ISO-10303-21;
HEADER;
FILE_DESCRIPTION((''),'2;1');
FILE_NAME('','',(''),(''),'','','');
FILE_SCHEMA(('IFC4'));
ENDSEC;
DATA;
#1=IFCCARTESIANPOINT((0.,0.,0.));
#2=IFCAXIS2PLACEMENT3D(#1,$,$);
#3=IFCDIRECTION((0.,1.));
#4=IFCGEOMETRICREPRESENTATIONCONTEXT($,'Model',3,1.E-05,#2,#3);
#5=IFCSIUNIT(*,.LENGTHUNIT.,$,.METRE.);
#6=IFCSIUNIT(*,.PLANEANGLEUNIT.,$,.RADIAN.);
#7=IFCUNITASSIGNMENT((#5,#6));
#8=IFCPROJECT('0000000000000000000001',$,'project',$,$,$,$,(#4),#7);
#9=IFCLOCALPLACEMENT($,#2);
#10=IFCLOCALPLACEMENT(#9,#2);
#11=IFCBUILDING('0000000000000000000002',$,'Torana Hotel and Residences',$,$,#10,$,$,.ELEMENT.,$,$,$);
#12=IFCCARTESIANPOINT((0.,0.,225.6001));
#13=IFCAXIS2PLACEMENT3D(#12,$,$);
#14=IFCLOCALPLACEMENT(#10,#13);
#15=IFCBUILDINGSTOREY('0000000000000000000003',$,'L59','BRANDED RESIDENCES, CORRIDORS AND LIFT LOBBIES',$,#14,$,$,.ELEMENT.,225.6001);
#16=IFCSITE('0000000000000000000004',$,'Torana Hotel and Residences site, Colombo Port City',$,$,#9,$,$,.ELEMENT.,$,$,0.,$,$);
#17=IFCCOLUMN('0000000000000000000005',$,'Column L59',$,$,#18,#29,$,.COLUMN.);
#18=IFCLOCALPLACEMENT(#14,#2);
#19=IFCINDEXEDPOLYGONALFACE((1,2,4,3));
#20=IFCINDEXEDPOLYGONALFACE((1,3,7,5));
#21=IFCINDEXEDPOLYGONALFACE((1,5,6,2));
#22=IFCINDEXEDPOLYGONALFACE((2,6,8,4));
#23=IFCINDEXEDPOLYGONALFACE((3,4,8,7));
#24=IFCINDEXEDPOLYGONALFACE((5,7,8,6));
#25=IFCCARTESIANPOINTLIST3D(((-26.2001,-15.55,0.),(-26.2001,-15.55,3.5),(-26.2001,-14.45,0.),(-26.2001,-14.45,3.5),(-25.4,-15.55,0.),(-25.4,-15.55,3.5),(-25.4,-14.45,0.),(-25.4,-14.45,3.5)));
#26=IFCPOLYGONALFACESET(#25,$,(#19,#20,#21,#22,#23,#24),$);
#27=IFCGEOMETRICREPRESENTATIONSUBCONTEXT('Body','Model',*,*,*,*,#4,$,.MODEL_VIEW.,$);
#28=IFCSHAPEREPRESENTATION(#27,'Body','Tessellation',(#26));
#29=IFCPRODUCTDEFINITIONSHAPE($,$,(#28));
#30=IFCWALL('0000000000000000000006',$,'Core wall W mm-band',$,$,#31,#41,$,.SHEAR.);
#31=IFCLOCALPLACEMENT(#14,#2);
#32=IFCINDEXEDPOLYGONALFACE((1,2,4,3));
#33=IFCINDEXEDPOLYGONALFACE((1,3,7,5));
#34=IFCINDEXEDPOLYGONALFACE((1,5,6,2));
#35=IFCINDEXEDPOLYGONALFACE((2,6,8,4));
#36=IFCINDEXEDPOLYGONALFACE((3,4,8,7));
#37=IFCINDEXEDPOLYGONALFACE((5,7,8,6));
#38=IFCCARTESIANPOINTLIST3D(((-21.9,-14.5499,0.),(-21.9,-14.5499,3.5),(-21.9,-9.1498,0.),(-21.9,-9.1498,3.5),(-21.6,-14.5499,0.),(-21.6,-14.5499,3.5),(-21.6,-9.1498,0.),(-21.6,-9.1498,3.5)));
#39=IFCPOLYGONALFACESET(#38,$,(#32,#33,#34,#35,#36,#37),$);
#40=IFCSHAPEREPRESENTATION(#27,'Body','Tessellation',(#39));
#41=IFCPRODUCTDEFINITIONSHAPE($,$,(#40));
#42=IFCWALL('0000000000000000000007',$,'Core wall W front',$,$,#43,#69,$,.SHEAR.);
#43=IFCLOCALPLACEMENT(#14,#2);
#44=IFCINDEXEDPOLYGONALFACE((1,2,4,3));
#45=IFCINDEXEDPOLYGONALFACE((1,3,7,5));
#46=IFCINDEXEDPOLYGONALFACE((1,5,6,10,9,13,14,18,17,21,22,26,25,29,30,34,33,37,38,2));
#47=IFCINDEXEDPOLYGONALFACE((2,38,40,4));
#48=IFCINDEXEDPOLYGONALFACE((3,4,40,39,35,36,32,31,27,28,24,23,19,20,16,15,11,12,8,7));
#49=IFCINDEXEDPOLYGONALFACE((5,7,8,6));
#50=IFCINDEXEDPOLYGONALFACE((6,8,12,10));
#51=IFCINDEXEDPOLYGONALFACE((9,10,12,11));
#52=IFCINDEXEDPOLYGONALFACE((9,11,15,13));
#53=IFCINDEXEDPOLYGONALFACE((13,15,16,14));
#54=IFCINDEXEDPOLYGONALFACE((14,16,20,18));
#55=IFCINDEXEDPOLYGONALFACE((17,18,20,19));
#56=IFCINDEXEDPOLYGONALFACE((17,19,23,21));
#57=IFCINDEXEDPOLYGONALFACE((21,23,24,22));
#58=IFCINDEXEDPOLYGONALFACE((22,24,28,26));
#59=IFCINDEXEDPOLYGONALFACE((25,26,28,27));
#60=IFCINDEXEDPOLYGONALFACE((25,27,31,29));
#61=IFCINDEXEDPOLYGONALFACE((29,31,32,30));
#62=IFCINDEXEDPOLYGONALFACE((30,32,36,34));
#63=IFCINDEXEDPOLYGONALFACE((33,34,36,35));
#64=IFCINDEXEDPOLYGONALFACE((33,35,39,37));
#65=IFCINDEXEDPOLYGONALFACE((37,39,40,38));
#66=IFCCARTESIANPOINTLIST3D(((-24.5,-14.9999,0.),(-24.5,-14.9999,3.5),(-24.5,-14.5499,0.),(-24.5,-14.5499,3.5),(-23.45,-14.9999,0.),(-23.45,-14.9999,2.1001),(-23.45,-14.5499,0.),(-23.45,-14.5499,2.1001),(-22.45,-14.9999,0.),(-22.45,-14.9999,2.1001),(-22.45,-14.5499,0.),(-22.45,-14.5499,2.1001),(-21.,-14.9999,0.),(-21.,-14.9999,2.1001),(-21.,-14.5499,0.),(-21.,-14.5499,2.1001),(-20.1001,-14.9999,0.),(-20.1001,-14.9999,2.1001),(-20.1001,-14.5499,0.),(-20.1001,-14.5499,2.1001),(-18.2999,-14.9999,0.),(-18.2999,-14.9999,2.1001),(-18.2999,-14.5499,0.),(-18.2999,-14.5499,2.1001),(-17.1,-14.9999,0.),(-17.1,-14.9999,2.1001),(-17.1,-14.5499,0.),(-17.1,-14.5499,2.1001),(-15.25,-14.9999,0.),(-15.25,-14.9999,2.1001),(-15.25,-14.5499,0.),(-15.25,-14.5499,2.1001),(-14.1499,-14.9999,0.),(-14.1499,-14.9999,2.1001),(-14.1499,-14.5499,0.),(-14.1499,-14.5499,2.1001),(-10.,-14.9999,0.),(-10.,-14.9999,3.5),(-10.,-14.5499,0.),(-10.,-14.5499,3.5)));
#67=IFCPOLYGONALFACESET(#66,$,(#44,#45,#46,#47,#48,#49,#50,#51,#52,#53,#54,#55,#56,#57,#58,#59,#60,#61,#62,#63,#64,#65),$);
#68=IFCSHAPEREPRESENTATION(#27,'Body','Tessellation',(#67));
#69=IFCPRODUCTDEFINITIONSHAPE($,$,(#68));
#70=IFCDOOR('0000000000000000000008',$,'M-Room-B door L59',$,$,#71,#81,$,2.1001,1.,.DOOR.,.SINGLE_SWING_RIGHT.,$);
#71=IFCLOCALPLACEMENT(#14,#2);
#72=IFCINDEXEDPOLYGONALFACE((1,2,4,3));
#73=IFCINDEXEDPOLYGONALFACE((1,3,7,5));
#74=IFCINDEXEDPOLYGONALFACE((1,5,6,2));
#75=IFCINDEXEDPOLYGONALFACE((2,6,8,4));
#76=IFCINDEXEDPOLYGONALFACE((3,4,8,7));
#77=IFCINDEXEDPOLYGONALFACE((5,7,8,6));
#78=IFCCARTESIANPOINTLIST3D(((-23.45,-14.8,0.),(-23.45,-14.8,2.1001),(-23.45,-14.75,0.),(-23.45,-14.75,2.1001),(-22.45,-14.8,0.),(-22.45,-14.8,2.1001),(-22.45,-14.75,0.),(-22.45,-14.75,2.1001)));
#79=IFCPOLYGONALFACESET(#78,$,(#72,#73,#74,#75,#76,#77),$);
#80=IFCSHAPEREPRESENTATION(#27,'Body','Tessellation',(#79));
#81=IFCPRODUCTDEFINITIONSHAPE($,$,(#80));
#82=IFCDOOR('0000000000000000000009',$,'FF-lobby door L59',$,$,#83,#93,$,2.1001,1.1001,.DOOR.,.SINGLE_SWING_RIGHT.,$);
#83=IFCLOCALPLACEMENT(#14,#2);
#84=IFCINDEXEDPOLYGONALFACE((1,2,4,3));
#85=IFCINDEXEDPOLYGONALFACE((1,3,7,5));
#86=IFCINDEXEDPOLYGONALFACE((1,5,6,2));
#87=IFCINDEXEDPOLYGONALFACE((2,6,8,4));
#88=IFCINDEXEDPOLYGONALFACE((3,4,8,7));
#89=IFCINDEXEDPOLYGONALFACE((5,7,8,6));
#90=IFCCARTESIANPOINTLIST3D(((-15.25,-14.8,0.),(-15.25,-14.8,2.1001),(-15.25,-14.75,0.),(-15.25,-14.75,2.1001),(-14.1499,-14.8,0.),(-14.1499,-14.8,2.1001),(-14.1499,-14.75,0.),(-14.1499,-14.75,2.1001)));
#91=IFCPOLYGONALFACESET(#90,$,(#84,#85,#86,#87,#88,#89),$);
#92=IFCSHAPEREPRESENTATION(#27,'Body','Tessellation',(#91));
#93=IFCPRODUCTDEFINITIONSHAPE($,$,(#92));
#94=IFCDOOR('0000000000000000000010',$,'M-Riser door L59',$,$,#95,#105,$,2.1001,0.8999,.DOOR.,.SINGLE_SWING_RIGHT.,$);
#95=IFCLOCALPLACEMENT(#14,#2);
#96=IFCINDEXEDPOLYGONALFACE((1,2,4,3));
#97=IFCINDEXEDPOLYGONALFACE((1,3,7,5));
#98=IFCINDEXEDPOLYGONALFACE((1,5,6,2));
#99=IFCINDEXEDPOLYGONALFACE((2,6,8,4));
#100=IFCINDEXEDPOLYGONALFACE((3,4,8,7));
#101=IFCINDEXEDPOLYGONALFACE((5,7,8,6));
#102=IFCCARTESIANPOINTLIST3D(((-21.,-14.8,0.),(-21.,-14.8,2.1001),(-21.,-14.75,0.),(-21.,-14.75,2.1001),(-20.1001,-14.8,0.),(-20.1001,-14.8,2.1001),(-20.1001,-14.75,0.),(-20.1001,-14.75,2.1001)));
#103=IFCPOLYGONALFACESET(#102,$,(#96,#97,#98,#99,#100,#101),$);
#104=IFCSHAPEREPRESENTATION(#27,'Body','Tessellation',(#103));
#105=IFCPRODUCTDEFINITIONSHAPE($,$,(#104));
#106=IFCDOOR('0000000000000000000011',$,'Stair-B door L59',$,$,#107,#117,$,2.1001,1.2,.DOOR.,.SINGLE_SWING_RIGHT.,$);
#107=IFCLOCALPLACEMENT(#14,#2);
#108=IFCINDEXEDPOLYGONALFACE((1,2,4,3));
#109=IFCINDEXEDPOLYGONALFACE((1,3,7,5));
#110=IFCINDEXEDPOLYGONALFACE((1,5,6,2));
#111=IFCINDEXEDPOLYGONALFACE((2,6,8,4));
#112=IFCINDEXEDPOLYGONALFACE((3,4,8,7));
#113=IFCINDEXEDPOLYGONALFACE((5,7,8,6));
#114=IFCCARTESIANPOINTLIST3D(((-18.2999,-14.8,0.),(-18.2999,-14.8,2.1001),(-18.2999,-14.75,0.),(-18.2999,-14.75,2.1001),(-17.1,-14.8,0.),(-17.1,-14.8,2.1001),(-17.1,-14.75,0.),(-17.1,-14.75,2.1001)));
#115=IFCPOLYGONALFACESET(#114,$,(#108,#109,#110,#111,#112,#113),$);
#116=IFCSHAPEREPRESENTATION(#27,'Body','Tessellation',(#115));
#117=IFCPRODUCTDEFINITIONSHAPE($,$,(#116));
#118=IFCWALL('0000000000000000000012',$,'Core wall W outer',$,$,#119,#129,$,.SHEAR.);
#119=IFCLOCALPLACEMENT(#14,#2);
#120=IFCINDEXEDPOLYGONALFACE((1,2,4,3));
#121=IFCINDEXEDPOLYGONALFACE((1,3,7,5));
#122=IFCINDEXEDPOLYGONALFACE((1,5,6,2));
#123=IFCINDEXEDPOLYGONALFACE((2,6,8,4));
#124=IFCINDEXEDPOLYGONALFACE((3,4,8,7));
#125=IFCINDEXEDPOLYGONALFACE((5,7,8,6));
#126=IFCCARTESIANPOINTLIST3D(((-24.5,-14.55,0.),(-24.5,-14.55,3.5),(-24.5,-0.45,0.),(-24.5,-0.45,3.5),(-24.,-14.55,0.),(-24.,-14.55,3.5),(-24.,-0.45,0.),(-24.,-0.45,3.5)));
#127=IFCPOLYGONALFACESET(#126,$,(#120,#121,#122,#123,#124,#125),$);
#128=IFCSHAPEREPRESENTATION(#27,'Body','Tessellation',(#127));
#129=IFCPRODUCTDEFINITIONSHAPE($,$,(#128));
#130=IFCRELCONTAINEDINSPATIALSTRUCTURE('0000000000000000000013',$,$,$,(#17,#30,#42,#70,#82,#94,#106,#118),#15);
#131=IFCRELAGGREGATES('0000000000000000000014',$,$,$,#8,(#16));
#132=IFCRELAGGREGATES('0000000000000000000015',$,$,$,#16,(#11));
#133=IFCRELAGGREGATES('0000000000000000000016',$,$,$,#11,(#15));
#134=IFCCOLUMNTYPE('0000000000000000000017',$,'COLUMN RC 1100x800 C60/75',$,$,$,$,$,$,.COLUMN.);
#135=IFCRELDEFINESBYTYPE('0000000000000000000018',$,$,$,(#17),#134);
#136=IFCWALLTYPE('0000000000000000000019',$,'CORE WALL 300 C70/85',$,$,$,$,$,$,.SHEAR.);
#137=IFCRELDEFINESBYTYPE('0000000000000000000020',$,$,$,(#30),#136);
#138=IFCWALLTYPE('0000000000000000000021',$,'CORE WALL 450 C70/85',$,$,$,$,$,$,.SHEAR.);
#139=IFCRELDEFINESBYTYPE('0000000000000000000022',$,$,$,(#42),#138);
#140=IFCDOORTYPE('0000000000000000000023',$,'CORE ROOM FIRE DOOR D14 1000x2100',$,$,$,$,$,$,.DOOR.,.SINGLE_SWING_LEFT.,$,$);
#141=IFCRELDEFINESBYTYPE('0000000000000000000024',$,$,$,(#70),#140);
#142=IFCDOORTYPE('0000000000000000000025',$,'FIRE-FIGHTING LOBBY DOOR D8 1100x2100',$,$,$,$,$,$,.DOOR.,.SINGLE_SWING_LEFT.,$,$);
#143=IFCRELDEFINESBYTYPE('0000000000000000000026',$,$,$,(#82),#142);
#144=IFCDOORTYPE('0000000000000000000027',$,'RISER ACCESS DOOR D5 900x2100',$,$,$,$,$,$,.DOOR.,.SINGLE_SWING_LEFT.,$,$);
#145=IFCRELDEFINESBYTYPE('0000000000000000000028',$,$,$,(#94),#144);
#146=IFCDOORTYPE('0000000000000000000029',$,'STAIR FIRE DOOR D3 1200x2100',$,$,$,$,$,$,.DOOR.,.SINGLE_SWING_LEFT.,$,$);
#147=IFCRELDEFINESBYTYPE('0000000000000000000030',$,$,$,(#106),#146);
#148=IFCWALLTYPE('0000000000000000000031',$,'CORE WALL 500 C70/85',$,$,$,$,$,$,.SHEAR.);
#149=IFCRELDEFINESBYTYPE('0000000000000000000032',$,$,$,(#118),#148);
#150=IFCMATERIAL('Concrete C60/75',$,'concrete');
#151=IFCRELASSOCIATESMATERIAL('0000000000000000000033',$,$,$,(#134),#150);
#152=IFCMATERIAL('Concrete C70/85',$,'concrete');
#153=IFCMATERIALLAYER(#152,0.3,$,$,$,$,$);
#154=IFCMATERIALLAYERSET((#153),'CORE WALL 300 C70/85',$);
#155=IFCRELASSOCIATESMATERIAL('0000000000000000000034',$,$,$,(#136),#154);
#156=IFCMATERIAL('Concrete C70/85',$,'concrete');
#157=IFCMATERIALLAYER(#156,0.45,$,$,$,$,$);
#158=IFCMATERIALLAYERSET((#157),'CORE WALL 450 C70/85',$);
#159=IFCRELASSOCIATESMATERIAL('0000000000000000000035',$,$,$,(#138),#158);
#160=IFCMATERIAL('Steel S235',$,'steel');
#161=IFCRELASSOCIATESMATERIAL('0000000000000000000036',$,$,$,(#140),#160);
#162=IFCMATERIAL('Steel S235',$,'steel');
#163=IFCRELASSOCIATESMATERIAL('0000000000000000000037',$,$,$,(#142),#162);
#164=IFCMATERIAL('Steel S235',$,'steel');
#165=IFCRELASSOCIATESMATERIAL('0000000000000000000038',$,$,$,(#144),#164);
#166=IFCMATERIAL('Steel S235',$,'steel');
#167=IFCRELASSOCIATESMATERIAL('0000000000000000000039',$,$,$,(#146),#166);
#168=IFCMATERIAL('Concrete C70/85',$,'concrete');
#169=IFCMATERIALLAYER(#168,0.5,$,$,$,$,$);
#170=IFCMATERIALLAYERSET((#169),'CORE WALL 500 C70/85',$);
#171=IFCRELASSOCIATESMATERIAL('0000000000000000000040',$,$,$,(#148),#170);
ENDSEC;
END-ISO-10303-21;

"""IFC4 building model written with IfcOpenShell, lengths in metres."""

from ifc_helpers import new_model, si_unit, direction, frame, frame_2d, origin, origin_2d, place, context, subcontext, project, spatial, rectangle, extrude, material, layer, layer_set, material_profile, profile_set, type_object, element, fill, save


model = new_model("IFC4")

# Units and contexts
model_context = context("Model", 3, precision=1e-05, world=origin(), true_north=direction((0.0, 1.0)))
body_context = subcontext(model_context, "Body", "Model", "MODEL_VIEW")
ifc_project = project(units=[si_unit("LENGTHUNIT", "METRE"), si_unit("PLANEANGLEUNIT", "RADIAN")], contexts=[model_context])

# Site, building, storey
site_placement = place(None, origin())
site = spatial("IfcSite", under=ifc_project, at=site_placement, Name="Torana Hotel and Residences site, Colombo Port City", CompositionType="ELEMENT", RefElevation=0.0)
building_placement = place(site_placement, origin())
building = spatial("IfcBuilding", under=site, at=building_placement, Name="Torana Hotel and Residences", CompositionType="ELEMENT")
storey_placement = place(building_placement, frame((0.0, 0.0, 225.6001)))
storey = spatial("IfcBuildingStorey", under=building, at=storey_placement, Name="L59", Description="BRANDED RESIDENCES, CORRIDORS AND LIFT LOBBIES", CompositionType="ELEMENT", Elevation=225.6001)

# Column
ifc_material_1 = material(Name="Concrete C60/75", Category="concrete")
ifc_material_profile = material_profile(ifc_material_1, rectangle(XDim=1.1001, YDim=0.8, at=origin_2d()), Name="RC 1100x800")
ifc_profile_set = profile_set([ifc_material_profile], Name="Concrete C60/75")
column_type = type_object("IfcColumnType", Name="COLUMN RC 1100x800 C60/75", PredefinedType="COLUMN", material=ifc_profile_set)
column_placement = place(storey_placement, frame((-25.8, -15.0, 0.0), z_axis=(0.0, 0.0, 1.0), x_axis=(0.0, 1.0, 0.0)))
element("IfcColumn", 1, at=column_placement, inside=storey, type_object=column_type, Name="Column L59", PredefinedType="COLUMN", context=body_context, shape_type="SweptSolid", body=[
    extrude(rectangle(XDim=1.1001, YDim=0.8, at=origin_2d()), origin(), (0.0, 0.0, 1.0), 3.5),
])

# Wall
ifc_material_2 = material(Name="Concrete C70/85", Category="concrete")
ifc_layer_1 = layer(ifc_material_2, 0.3)
ifc_layer_set_1 = layer_set([ifc_layer_1], Name="CORE WALL 300 C70/85")
wall_type_1 = type_object("IfcWallType", Name="CORE WALL 300 C70/85", PredefinedType="SHEAR", material=ifc_layer_set_1)
wall_1_placement = place(storey_placement, frame((-21.75, -14.55, 0.0), z_axis=(0.0, 0.0, 1.0), x_axis=(0.0, 1.0, 0.0)))
element("IfcWall", 2, at=wall_1_placement, inside=storey, type_object=wall_type_1, Name="Core wall W mm-band", PredefinedType="SHEAR", context=body_context, shape_type="SweptSolid", body=[
    extrude(rectangle(XDim=5.4001, YDim=0.3, at=frame_2d((2.7002, 0.0))), origin(), (0.0, 0.0, 1.0), 3.5),
])

# Wall, openings, doors
ifc_material_3 = material(Name="Concrete C70/85", Category="concrete")
ifc_layer_2 = layer(ifc_material_3, 0.45)
ifc_layer_set_2 = layer_set([ifc_layer_2], Name="CORE WALL 450 C70/85")
wall_type_2 = type_object("IfcWallType", Name="CORE WALL 450 C70/85", PredefinedType="SHEAR", material=ifc_layer_set_2)
wall_2_placement = place(storey_placement, frame((-24.5, -14.7749, 0.0), z_axis=(0.0, 0.0, 1.0), x_axis=(1.0, 0.0, 0.0)))
wall_2 = element("IfcWall", 3, at=wall_2_placement, inside=storey, type_object=wall_type_2, Name="Core wall W front", PredefinedType="SHEAR", context=body_context, shape_type="SweptSolid", body=[
    extrude(rectangle(XDim=14.5, YDim=0.45, at=frame_2d((7.25, 0.0))), origin(), (0.0, 0.0, 1.0), 3.5),
])
opening_1_placement = place(wall_2_placement, frame((6.2, 0.0, 0.0)))
opening_1 = element("IfcOpeningElement", 4, at=opening_1_placement, cuts=wall_2, PredefinedType="OPENING", context=body_context, shape_type="SweptSolid", body=[
    extrude(rectangle(XDim=1.2, YDim=2.1001, at=frame_2d((0.6001, 1.05))), frame((0.0, 0.2349, 0.0), z_axis=(0.0, -1.0, 0.0), x_axis=(1.0, 0.0, 0.0)), (0.0, 0.0, 1.0), 0.47),
])
opening_2_placement = place(wall_2_placement, frame((9.25, 0.0, 0.0)))
opening_2 = element("IfcOpeningElement", 5, at=opening_2_placement, cuts=wall_2, PredefinedType="OPENING", context=body_context, shape_type="SweptSolid", body=[
    extrude(rectangle(XDim=1.1001, YDim=2.1001, at=frame_2d((0.55, 1.05))), frame((0.0, 0.2349, 0.0), z_axis=(0.0, -1.0, 0.0), x_axis=(1.0, 0.0, 0.0)), (0.0, 0.0, 1.0), 0.47),
])
opening_3_placement = place(wall_2_placement, frame((3.5, 0.0, 0.0)))
opening_3 = element("IfcOpeningElement", 6, at=opening_3_placement, cuts=wall_2, PredefinedType="OPENING", context=body_context, shape_type="SweptSolid", body=[
    extrude(rectangle(XDim=0.8999, YDim=2.1001, at=frame_2d((0.45, 1.05))), frame((0.0, 0.2349, 0.0), z_axis=(0.0, -1.0, 0.0), x_axis=(1.0, 0.0, 0.0)), (0.0, 0.0, 1.0), 0.47),
])
opening_4_placement = place(wall_2_placement, frame((1.05, 0.0, 0.0)))
opening_4 = element("IfcOpeningElement", 7, at=opening_4_placement, cuts=wall_2, PredefinedType="OPENING", context=body_context, shape_type="SweptSolid", body=[
    extrude(rectangle(XDim=1.0, YDim=2.1001, at=frame_2d((0.5, 1.05))), frame((0.0, 0.2349, 0.0), z_axis=(0.0, -1.0, 0.0), x_axis=(1.0, 0.0, 0.0)), (0.0, 0.0, 1.0), 0.47),
])
ifc_material_4 = material(Name="Steel S235", Category="steel")
door_type_1 = type_object("IfcDoorType", Name="CORE ROOM FIRE DOOR D14 1000x2100", OperationType="SINGLE_SWING_LEFT", PredefinedType="DOOR", material=ifc_material_4)
door_1_placement = place(opening_4_placement, origin())
door_1 = element("IfcDoor", 8, at=door_1_placement, inside=storey, type_object=door_type_1, Name="M-Room-B door L59", OperationType="SINGLE_SWING_RIGHT", OverallHeight=2.1001, OverallWidth=1.0, PredefinedType="DOOR", context=body_context, shape_type="SweptSolid", body=[
    extrude(rectangle(XDim=1.0, YDim=2.1001, at=frame_2d((0.5, 1.05))), frame((0.0, 0.0249, 0.0), z_axis=(0.0, -1.0, 0.0), x_axis=(1.0, 0.0, 0.0)), (0.0, 0.0, 1.0), 0.05),
])
fill(opening_4, door_1)
ifc_material_5 = material(Name="Steel S235", Category="steel")
door_type_2 = type_object("IfcDoorType", Name="FIRE-FIGHTING LOBBY DOOR D8 1100x2100", OperationType="SINGLE_SWING_LEFT", PredefinedType="DOOR", material=ifc_material_5)
door_2_placement = place(opening_2_placement, origin())
door_2 = element("IfcDoor", 9, at=door_2_placement, inside=storey, type_object=door_type_2, Name="FF-lobby door L59", OperationType="SINGLE_SWING_RIGHT", OverallHeight=2.1001, OverallWidth=1.1001, PredefinedType="DOOR", context=body_context, shape_type="SweptSolid", body=[
    extrude(rectangle(XDim=1.1001, YDim=2.1001, at=frame_2d((0.55, 1.05))), frame((0.0, 0.0249, 0.0), z_axis=(0.0, -1.0, 0.0), x_axis=(1.0, 0.0, 0.0)), (0.0, 0.0, 1.0), 0.05),
])
fill(opening_2, door_2)
ifc_material_6 = material(Name="Steel S235", Category="steel")
door_type_3 = type_object("IfcDoorType", Name="RISER ACCESS DOOR D5 900x2100", OperationType="SINGLE_SWING_LEFT", PredefinedType="DOOR", material=ifc_material_6)
door_3_placement = place(opening_3_placement, origin())
door_3 = element("IfcDoor", 10, at=door_3_placement, inside=storey, type_object=door_type_3, Name="M-Riser door L59", OperationType="SINGLE_SWING_RIGHT", OverallHeight=2.1001, OverallWidth=0.8999, PredefinedType="DOOR", context=body_context, shape_type="SweptSolid", body=[
    extrude(rectangle(XDim=0.8999, YDim=2.1001, at=frame_2d((0.45, 1.05))), frame((0.0, 0.0249, 0.0), z_axis=(0.0, -1.0, 0.0), x_axis=(1.0, 0.0, 0.0)), (0.0, 0.0, 1.0), 0.05),
])
fill(opening_3, door_3)
ifc_material_7 = material(Name="Steel S235", Category="steel")
door_type_4 = type_object("IfcDoorType", Name="STAIR FIRE DOOR D3 1200x2100", OperationType="SINGLE_SWING_LEFT", PredefinedType="DOOR", material=ifc_material_7)
door_4_placement = place(opening_1_placement, origin())
door_4 = element("IfcDoor", 11, at=door_4_placement, inside=storey, type_object=door_type_4, Name="Stair-B door L59", OperationType="SINGLE_SWING_RIGHT", OverallHeight=2.1001, OverallWidth=1.2, PredefinedType="DOOR", context=body_context, shape_type="SweptSolid", body=[
    extrude(rectangle(XDim=1.2, YDim=2.1001, at=frame_2d((0.6001, 1.05))), frame((0.0, 0.0249, 0.0), z_axis=(0.0, -1.0, 0.0), x_axis=(1.0, 0.0, 0.0)), (0.0, 0.0, 1.0), 0.05),
])
fill(opening_1, door_4)

# Wall
ifc_material_8 = material(Name="Concrete C70/85", Category="concrete")
ifc_layer_3 = layer(ifc_material_8, 0.5)
ifc_layer_set_3 = layer_set([ifc_layer_3], Name="CORE WALL 500 C70/85")
wall_type_3 = type_object("IfcWallType", Name="CORE WALL 500 C70/85", PredefinedType="SHEAR", material=ifc_layer_set_3)
wall_3_placement = place(storey_placement, frame((-24.25, -14.55, 0.0), z_axis=(0.0, 0.0, 1.0), x_axis=(0.0, 1.0, 0.0)))
element("IfcWall", 12, at=wall_3_placement, inside=storey, type_object=wall_type_3, Name="Core wall W outer", PredefinedType="SHEAR", context=body_context, shape_type="SweptSolid", body=[
    extrude(rectangle(XDim=14.1001, YDim=0.5, at=frame_2d((7.05, 0.0))), origin(), (0.0, 0.0, 1.0), 3.5),
])

save(model, "model.ifc")
